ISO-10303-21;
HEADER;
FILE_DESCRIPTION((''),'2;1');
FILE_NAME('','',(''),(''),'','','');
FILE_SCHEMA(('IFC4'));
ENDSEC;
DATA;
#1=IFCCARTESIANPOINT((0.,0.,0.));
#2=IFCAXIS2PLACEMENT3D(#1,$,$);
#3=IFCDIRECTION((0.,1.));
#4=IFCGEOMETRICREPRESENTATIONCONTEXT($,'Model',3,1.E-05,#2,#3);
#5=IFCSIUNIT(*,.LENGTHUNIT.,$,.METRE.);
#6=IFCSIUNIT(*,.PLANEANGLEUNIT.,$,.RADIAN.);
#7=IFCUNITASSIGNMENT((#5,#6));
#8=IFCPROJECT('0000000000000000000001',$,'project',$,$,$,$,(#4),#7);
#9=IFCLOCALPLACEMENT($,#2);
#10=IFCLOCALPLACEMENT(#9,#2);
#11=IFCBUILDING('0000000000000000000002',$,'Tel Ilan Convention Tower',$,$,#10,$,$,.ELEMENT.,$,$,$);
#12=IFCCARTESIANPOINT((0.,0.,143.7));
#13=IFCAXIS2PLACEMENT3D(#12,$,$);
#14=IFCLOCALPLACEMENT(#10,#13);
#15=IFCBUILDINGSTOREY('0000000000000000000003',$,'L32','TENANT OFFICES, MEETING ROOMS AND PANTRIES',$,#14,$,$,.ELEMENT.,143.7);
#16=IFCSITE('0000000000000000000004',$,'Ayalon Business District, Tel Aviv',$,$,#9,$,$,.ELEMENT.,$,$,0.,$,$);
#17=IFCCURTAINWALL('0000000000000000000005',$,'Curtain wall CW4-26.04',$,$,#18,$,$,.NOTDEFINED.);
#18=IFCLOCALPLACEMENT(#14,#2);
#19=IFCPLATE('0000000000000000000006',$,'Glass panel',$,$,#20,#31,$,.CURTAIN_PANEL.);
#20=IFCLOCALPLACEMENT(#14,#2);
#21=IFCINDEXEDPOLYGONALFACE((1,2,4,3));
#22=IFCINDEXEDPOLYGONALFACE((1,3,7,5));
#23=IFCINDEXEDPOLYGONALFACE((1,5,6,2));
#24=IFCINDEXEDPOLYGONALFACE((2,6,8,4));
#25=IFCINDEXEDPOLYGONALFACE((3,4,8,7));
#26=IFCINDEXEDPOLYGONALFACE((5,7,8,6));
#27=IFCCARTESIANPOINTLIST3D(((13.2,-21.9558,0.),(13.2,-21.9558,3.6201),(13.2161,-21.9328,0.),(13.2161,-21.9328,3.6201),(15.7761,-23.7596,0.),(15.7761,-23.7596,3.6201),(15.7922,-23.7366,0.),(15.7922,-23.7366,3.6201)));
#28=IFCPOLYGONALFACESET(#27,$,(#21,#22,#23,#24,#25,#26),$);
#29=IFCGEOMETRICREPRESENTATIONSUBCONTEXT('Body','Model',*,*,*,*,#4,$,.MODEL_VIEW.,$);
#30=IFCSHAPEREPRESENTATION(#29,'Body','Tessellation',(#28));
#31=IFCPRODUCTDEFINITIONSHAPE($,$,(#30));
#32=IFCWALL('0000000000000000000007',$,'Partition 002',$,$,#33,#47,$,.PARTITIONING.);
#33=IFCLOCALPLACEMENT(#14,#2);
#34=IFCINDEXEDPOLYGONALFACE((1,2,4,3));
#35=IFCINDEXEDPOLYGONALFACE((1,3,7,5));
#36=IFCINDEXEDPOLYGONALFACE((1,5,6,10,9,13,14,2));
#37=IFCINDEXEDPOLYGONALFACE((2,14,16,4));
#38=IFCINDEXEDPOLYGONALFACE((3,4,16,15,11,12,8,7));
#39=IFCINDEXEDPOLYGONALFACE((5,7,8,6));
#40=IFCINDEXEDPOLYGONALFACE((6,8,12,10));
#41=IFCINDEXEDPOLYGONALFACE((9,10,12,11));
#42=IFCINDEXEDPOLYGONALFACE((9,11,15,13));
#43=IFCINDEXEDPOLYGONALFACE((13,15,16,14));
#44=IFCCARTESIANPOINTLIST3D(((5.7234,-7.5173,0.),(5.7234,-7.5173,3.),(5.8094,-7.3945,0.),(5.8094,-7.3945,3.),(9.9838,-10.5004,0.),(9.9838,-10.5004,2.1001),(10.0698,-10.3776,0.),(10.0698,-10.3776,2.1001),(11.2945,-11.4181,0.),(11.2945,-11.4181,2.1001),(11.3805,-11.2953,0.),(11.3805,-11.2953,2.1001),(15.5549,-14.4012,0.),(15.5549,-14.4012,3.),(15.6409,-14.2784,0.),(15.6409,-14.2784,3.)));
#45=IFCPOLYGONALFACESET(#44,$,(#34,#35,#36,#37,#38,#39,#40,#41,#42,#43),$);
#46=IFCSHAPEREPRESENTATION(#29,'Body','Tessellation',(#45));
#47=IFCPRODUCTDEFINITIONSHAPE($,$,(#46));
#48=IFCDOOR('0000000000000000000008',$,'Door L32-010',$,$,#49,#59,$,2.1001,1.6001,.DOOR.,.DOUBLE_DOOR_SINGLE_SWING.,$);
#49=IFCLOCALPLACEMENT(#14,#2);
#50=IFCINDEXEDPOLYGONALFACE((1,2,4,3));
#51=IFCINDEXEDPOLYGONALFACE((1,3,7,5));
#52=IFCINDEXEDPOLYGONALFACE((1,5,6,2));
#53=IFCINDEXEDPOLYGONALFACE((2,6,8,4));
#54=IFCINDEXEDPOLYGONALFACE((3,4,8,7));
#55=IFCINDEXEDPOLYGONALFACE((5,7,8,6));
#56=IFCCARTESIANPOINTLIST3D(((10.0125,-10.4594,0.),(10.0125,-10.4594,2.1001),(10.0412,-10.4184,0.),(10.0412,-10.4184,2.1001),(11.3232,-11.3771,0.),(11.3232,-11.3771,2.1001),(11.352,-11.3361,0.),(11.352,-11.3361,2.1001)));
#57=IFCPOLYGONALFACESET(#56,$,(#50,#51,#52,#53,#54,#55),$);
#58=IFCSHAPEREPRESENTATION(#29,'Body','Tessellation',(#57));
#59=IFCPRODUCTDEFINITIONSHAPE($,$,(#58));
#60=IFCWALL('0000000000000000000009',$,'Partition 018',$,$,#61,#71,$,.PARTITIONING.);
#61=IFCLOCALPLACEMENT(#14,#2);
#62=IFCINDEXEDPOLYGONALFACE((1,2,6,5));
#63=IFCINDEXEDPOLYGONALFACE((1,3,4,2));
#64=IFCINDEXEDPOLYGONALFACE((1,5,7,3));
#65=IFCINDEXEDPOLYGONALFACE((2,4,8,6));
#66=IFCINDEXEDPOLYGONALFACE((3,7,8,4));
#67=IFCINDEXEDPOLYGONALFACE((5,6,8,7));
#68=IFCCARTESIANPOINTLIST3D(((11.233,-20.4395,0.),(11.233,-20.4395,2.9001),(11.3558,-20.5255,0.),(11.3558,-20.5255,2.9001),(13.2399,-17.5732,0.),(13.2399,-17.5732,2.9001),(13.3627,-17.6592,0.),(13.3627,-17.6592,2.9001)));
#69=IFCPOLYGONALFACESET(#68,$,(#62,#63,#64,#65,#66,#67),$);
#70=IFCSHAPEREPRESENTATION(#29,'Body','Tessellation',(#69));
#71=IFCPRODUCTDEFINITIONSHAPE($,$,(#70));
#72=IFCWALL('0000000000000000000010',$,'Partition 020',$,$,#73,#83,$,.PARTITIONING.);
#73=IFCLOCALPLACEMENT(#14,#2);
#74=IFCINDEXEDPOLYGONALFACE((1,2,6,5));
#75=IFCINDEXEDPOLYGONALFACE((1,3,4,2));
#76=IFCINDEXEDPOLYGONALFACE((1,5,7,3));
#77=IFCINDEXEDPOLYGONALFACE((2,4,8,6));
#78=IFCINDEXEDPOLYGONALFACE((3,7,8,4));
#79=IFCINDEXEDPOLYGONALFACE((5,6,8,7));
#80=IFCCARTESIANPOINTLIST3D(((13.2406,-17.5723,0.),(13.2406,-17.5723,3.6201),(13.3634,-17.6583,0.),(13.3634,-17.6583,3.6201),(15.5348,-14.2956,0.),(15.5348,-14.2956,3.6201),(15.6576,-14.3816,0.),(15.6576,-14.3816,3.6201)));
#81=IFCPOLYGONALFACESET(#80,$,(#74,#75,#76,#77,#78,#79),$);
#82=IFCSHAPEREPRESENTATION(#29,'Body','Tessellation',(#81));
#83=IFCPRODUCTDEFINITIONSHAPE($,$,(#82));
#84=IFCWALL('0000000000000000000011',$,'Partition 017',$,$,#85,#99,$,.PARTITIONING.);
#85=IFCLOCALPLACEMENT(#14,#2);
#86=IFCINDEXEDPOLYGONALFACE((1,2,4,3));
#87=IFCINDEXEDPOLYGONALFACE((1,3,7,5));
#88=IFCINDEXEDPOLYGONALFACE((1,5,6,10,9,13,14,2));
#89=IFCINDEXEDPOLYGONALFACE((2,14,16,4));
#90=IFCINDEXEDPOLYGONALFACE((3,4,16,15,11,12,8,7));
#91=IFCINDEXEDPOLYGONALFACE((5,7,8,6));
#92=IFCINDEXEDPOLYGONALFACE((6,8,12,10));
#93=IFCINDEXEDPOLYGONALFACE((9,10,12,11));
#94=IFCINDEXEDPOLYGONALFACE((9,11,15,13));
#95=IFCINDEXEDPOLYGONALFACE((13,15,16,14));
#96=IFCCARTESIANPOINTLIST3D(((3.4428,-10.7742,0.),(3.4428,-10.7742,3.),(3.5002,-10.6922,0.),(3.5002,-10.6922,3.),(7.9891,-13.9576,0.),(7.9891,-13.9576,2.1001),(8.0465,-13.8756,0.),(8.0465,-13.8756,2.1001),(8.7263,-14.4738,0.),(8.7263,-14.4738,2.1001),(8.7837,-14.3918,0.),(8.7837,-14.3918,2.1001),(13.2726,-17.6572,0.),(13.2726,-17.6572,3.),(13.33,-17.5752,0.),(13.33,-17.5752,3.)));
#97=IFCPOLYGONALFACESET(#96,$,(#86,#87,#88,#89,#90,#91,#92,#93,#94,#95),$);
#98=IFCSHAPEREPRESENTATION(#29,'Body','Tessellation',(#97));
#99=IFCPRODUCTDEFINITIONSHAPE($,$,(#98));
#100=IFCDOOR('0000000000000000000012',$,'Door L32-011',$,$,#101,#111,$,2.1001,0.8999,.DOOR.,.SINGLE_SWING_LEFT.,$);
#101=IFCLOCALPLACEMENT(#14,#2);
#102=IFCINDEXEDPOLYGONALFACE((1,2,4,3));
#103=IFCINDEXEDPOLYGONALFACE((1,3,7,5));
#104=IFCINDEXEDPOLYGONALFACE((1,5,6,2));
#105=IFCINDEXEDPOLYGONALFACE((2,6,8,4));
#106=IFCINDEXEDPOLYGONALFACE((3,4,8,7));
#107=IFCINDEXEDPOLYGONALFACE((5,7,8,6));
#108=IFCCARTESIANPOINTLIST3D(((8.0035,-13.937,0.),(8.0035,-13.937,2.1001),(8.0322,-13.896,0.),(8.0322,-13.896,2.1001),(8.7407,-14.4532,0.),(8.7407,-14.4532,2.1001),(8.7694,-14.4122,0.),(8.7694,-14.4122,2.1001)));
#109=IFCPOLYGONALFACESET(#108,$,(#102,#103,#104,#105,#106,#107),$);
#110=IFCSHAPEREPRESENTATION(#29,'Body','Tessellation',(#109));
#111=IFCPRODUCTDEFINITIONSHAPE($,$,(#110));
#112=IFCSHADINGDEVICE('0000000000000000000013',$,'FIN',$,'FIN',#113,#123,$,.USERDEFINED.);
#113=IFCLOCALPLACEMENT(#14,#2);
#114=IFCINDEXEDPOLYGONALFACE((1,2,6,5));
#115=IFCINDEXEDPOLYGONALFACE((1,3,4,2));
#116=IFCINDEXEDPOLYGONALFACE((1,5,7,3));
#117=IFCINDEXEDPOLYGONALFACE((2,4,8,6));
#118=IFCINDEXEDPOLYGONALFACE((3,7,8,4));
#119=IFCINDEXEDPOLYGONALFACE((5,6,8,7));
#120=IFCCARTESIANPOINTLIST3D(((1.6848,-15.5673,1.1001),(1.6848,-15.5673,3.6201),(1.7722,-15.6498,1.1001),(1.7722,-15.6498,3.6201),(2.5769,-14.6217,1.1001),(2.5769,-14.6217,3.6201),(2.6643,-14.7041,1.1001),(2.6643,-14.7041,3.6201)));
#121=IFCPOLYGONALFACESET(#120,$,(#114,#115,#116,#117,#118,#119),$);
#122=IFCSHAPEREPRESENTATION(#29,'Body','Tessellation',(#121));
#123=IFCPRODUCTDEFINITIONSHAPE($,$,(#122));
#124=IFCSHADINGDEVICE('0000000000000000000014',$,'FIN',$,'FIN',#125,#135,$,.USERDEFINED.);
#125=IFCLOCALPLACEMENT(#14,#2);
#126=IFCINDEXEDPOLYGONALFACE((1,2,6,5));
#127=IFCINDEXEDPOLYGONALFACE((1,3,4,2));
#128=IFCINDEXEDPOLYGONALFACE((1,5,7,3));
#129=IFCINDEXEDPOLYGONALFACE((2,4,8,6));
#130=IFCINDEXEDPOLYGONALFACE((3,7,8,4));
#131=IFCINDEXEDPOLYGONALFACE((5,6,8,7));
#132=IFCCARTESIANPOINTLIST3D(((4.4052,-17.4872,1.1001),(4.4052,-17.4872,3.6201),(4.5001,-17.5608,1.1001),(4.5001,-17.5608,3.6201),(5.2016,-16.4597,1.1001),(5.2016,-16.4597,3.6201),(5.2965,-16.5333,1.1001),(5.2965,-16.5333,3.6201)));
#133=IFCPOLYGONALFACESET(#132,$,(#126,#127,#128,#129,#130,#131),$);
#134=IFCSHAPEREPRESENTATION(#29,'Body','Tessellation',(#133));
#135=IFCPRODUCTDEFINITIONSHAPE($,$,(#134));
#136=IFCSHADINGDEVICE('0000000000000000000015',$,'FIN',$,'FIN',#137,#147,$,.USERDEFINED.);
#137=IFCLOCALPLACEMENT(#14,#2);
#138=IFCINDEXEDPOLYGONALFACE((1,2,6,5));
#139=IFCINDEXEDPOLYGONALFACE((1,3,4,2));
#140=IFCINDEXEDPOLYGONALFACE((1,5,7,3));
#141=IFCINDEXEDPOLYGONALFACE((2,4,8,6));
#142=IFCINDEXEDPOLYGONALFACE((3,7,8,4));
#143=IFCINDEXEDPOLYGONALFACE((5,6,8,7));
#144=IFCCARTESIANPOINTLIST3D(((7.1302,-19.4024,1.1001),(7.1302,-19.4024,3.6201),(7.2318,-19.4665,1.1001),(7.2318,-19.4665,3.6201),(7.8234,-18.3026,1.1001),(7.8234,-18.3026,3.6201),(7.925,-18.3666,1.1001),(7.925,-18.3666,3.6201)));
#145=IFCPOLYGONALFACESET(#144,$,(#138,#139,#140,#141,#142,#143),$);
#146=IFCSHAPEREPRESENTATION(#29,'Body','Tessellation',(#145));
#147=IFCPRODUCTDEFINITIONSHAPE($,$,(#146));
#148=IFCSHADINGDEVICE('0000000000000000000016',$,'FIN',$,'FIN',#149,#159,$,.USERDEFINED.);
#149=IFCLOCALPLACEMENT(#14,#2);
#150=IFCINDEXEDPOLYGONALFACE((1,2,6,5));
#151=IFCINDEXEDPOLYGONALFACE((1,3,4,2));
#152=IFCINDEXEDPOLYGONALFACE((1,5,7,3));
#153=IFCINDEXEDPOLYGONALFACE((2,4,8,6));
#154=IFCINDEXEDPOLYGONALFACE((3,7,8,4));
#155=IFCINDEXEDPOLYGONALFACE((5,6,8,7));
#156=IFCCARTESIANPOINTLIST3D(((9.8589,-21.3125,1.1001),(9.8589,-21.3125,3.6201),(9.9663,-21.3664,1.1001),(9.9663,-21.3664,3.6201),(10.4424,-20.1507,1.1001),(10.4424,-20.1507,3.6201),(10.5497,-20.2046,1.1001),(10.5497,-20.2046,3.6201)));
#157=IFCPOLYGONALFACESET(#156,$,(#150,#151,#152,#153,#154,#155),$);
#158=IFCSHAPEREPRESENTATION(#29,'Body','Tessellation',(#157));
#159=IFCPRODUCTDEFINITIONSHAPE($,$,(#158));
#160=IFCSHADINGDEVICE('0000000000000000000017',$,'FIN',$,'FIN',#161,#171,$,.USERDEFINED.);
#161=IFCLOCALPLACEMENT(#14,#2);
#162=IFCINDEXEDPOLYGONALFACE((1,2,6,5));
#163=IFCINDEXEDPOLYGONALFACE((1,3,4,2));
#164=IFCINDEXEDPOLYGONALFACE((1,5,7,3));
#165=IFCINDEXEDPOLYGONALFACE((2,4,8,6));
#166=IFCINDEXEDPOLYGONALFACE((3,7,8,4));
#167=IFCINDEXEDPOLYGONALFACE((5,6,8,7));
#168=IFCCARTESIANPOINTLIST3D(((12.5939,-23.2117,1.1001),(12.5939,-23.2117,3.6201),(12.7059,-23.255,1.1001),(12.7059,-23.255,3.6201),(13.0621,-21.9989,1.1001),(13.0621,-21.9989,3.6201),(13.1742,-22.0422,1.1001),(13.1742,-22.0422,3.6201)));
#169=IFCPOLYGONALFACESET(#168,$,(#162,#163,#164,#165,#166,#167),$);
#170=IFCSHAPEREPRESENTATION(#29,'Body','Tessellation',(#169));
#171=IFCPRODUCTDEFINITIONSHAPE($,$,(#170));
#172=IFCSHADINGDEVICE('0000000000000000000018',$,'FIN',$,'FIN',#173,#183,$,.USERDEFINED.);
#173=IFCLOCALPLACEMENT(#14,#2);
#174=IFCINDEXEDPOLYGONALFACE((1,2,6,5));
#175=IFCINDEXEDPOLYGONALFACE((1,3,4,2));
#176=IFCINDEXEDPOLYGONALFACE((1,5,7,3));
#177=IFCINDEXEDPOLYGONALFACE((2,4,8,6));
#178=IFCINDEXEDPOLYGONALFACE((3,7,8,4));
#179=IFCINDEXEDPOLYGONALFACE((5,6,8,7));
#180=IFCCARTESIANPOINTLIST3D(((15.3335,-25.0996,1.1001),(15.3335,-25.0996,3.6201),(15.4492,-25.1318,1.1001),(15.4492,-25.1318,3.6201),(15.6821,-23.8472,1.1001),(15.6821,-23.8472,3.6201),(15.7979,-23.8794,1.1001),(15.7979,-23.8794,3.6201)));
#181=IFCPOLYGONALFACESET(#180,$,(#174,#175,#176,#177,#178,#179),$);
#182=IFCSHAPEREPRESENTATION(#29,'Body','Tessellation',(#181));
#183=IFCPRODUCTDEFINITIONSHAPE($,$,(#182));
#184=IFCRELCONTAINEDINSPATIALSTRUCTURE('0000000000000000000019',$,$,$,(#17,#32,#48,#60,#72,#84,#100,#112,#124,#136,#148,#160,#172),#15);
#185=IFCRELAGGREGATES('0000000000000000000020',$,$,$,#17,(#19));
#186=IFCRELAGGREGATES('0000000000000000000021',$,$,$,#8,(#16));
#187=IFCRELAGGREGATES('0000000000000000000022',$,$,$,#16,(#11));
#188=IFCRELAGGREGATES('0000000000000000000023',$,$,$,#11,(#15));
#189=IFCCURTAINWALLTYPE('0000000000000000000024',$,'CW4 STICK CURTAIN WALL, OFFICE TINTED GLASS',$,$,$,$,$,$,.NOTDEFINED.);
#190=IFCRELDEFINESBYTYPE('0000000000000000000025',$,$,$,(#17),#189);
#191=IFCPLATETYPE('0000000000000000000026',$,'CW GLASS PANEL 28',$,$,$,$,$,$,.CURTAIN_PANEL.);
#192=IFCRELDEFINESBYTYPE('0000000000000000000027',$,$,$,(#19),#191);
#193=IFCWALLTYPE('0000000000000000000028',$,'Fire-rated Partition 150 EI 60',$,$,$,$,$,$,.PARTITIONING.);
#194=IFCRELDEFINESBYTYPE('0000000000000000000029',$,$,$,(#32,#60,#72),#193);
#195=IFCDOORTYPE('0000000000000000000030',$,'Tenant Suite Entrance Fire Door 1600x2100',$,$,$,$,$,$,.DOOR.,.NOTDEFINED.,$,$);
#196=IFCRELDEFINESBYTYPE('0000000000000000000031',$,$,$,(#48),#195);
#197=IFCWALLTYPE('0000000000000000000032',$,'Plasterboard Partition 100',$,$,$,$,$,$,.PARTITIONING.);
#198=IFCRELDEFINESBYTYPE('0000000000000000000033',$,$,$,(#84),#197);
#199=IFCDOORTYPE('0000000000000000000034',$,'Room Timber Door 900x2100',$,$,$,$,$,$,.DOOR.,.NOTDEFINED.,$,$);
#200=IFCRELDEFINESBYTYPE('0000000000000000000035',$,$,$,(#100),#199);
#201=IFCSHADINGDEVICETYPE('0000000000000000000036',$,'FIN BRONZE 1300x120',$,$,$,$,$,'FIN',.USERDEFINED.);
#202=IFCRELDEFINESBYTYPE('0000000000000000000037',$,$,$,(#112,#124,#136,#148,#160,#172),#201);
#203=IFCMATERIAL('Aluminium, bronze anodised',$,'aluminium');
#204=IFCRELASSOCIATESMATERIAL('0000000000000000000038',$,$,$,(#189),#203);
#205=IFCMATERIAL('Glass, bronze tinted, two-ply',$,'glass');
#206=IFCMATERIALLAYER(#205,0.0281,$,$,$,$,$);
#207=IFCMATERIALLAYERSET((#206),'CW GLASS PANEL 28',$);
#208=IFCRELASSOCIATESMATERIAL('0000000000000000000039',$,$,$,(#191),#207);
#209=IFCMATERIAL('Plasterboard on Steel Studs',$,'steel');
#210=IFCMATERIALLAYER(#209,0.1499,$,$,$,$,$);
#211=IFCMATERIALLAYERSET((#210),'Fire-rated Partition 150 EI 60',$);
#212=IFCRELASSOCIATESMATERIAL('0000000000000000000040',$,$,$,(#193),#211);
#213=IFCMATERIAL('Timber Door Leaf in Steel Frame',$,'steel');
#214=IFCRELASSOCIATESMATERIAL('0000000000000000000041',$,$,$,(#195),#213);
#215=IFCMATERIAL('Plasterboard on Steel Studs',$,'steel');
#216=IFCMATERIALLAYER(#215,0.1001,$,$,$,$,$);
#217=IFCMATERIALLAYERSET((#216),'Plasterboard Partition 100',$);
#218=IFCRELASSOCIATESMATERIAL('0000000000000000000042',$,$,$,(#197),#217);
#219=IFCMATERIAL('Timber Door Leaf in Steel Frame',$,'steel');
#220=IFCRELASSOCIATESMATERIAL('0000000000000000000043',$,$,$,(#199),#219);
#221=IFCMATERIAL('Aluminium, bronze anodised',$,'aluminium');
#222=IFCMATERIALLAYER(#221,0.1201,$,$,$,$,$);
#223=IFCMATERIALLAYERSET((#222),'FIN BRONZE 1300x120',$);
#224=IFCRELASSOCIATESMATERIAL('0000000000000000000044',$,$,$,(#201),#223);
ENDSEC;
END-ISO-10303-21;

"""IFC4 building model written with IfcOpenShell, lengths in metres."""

from ifc_helpers import new_model, si_unit, direction, frame, frame_2d, origin, origin_2d, place, context, subcontext, project, spatial, rectangle, extrude, material, layer, layer_set, type_object, element, fill, aggregate, save


model = new_model("IFC4")

# Units and contexts
model_context = context("Model", 3, precision=1e-05, world=origin(), true_north=direction((0.0, 1.0)))
body_context = subcontext(model_context, "Body", "Model", "MODEL_VIEW")
ifc_project = project(units=[si_unit("LENGTHUNIT", "METRE"), si_unit("PLANEANGLEUNIT", "RADIAN")], contexts=[model_context])

# Site, building, storey
site_placement = place(None, origin())
site = spatial("IfcSite", under=ifc_project, at=site_placement, Name="Ayalon Business District, Tel Aviv", CompositionType="ELEMENT", RefElevation=0.0)
building_placement = place(site_placement, origin())
building = spatial("IfcBuilding", under=site, at=building_placement, Name="Tel Ilan Convention Tower", CompositionType="ELEMENT")
storey_placement = place(building_placement, frame((0.0, 0.0, 143.7)))
storey = spatial("IfcBuildingStorey", under=building, at=storey_placement, Name="L32", Description="TENANT OFFICES, MEETING ROOMS AND PANTRIES", CompositionType="ELEMENT", Elevation=143.7)

# Curtain wall, plate
ifc_material_1 = material(Name="Aluminium, bronze anodised", Category="aluminium")
curtain_wall_type = type_object("IfcCurtainWallType", Name="CW4 STICK CURTAIN WALL, OFFICE TINTED GLASS", PredefinedType="NOTDEFINED", material=ifc_material_1)
curtain_wall_placement = place(storey_placement, origin())
curtain_wall = element("IfcCurtainWall", 1, at=curtain_wall_placement, inside=storey, type_object=curtain_wall_type, Name="Curtain wall CW4-26.04", PredefinedType="NOTDEFINED")
ifc_material_2 = material(Name="Glass, bronze tinted, two-ply", Category="glass")
ifc_layer_1 = layer(ifc_material_2, 0.0281)
ifc_layer_set_1 = layer_set([ifc_layer_1], Name="CW GLASS PANEL 28")
plate_type = type_object("IfcPlateType", Name="CW GLASS PANEL 28", PredefinedType="CURTAIN_PANEL", material=ifc_layer_set_1)
plate_1_placement = place(storey_placement, frame((14.4961, -22.8462, 0.0), z_axis=(0.0, 0.0, 1.0), x_axis=(0.819152, -0.573576, 0.0)))
plate_1 = element("IfcPlate", 2, at=plate_1_placement, type_object=plate_type, Name="Glass panel", PredefinedType="CURTAIN_PANEL", context=body_context, shape_type="SweptSolid", body=[
    extrude(rectangle(XDim=3.1448, YDim=0.0281, at=origin_2d()), origin(), (0.0, 0.0, 1.0), 3.6201),
])
aggregate(curtain_wall, [plate_1])

# Wall, opening, door
ifc_material_3 = material(Name="Plasterboard on Steel Studs", Category="steel")
ifc_layer_2 = layer(ifc_material_3, 0.1499)
ifc_layer_set_2 = layer_set([ifc_layer_2], Name="Fire-rated Partition 150 EI 60")
wall_type_1 = type_object("IfcWallType", Name="Fire-rated Partition 150 EI 60", PredefinedType="PARTITIONING", material=ifc_layer_set_2)
wall_1_placement = place(storey_placement, frame((15.5979, -14.3398, 0.0), z_axis=(0.0, 0.0, 1.0), x_axis=(-0.819155, 0.573572, 0.0)))
wall_1 = element("IfcWall", 3, at=wall_1_placement, inside=storey, type_object=wall_type_1, Name="Partition 002", PredefinedType="PARTITIONING", context=body_context, shape_type="SweptSolid", body=[
    extrude(rectangle(XDim=12.002, YDim=0.1499, at=frame_2d((6.001, 0.0))), origin(), (0.0, 0.0, 1.0), 3.0),
])
opening_1_placement = place(wall_1_placement, frame((5.2009, 0.0, 0.0)))
opening_1 = element("IfcOpeningElement", 4, at=opening_1_placement, cuts=wall_1, PredefinedType="OPENING", context=body_context, shape_type="SweptSolid", body=[
    extrude(rectangle(XDim=1.6001, YDim=2.1001, at=frame_2d((0.8, 1.05))), frame((0.0, 0.085, 0.0), z_axis=(0.0, -1.0, 0.0), x_axis=(1.0, 0.0, 0.0)), (0.0, 0.0, 1.0), 0.1699),
])
ifc_material_4 = material(Name="Timber Door Leaf in Steel Frame", Category="steel")
door_type_1 = type_object("IfcDoorType", Name="Tenant Suite Entrance Fire Door 1600x2100", OperationType="NOTDEFINED", PredefinedType="DOOR", material=ifc_material_4)
door_1_placement = place(opening_1_placement, origin())
door_1 = element("IfcDoor", 5, at=door_1_placement, inside=storey, type_object=door_type_1, Name="Door L32-010", OperationType="DOUBLE_DOOR_SINGLE_SWING", OverallHeight=2.1001, OverallWidth=1.6001, PredefinedType="DOOR", context=body_context, shape_type="SweptSolid", body=[
    extrude(rectangle(XDim=1.6001, YDim=2.1001, at=frame_2d((0.8, 1.05))), frame((0.0, 0.0249, 0.0), z_axis=(0.0, -1.0, 0.0), x_axis=(1.0, 0.0, 0.0)), (0.0, 0.0, 1.0), 0.05),
])
fill(opening_1, door_1)

# Walls
wall_2_placement = place(storey_placement, frame((13.3013, -17.6162, 0.0), z_axis=(0.0, 0.0, 1.0), x_axis=(-0.573556, -0.819166, 0.0)))
element("IfcWall", 6, at=wall_2_placement, inside=storey, type_object=wall_type_1, Name="Partition 018", PredefinedType="PARTITIONING", context=body_context, shape_type="SweptSolid", body=[
    extrude(rectangle(XDim=3.499, YDim=0.1499, at=frame_2d((1.7495, 0.0))), origin(), (0.0, 0.0, 1.0), 2.9001),
])
wall_3_placement = place(storey_placement, frame((15.5962, -14.3386, 0.0), z_axis=(0.0, 0.0, 1.0), x_axis=(-0.573557, -0.819166, 0.0)))
element("IfcWall", 7, at=wall_3_placement, inside=storey, type_object=wall_type_1, Name="Partition 020", PredefinedType="PARTITIONING", context=body_context, shape_type="SweptSolid", body=[
    extrude(rectangle(XDim=4.0, YDim=0.1499, at=frame_2d((2.0, 0.0))), origin(), (0.0, 0.0, 1.0), 3.6201),
])

# Wall, opening, door
ifc_material_5 = material(Name="Plasterboard on Steel Studs", Category="steel")
ifc_layer_3 = layer(ifc_material_5, 0.1001)
ifc_layer_set_3 = layer_set([ifc_layer_3], Name="Plasterboard Partition 100")
wall_type_2 = type_object("IfcWallType", Name="Plasterboard Partition 100", PredefinedType="PARTITIONING", material=ifc_layer_set_3)
wall_4_placement = place(storey_placement, frame((13.3013, -17.6162, 0.0), z_axis=(0.0, 0.0, 1.0), x_axis=(-0.819147, 0.573584, 0.0)))
wall_4 = element("IfcWall", 8, at=wall_4_placement, inside=storey, type_object=wall_type_2, Name="Partition 017", PredefinedType="PARTITIONING", context=body_context, shape_type="SweptSolid", body=[
    extrude(rectangle(XDim=12.0, YDim=0.1001, at=frame_2d((6.0, 0.0))), origin(), (0.0, 0.0, 1.0), 3.0),
])
opening_2_placement = place(wall_4_placement, frame((5.55, 0.0, 0.0)))
opening_2 = element("IfcOpeningElement", 9, at=opening_2_placement, cuts=wall_4, PredefinedType="OPENING", context=body_context, shape_type="SweptSolid", body=[
    extrude(rectangle(XDim=0.8999, YDim=2.1001, at=frame_2d((0.45, 1.05))), frame((0.0, 0.0601, 0.0), z_axis=(0.0, -1.0, 0.0), x_axis=(1.0, 0.0, 0.0)), (0.0, 0.0, 1.0), 0.1201),
])
ifc_material_6 = material(Name="Timber Door Leaf in Steel Frame", Category="steel")
door_type_2 = type_object("IfcDoorType", Name="Room Timber Door 900x2100", OperationType="NOTDEFINED", PredefinedType="DOOR", material=ifc_material_6)
door_2_placement = place(opening_2_placement, origin())
door_2 = element("IfcDoor", 10, at=door_2_placement, inside=storey, type_object=door_type_2, Name="Door L32-011", OperationType="SINGLE_SWING_LEFT", OverallHeight=2.1001, OverallWidth=0.8999, PredefinedType="DOOR", context=body_context, shape_type="SweptSolid", body=[
    extrude(rectangle(XDim=0.8999, YDim=2.1001, at=frame_2d((0.45, 1.05))), frame((0.0, 0.0249, 0.0), z_axis=(0.0, -1.0, 0.0), x_axis=(1.0, 0.0, 0.0)), (0.0, 0.0, 1.0), 0.05),
])
fill(opening_2, door_2)

# Shading devices
ifc_material_7 = material(Name="Aluminium, bronze anodised", Category="aluminium")
ifc_layer_4 = layer(ifc_material_7, 0.1201)
ifc_layer_set_4 = layer_set([ifc_layer_4], Name="FIN BRONZE 1300x120")
shading_device_type = type_object("IfcShadingDeviceType", Name="FIN BRONZE 1300x120", ElementType="FIN", PredefinedType="USERDEFINED", material=ifc_layer_set_4)
for number, where, z_axis, x_axis, name in (
    (11, (2.1746, -15.1357, 1.1001), (0.0, 0.0, 1.0), (-0.686242, -0.727374, 0.0), "FIN"),
    (12, (4.8508, -17.0103, 1.1001), (0.0, 0.0, 1.0), (-0.612601, -0.790393, 0.0), "FIN"),
    (13, (7.5276, -18.8845, 1.1001), (0.0, 0.0, 1.0), (-0.533204, -0.845986, 0.0), "FIN"),
    (14, (10.2043, -20.7585, 1.1001), (0.0, 0.0, 1.0), (-0.448799, -0.893633, 0.0), "FIN"),
    (15, (12.884, -22.627, 1.1001), (0.0, 0.0, 1.0), (-0.360178, -0.932884, 0.0), "FIN"),
    (16, (15.5657, -24.4895, 1.1001), (0.0, 0.0, 1.0), (-0.268173, -0.963371, 0.0), "FIN"),
):
    element("IfcShadingDevice", number, at=place(storey_placement, frame(where, z_axis=z_axis, x_axis=x_axis)), inside=storey, type_object=shading_device_type, Name=name, ObjectType="FIN", PredefinedType="USERDEFINED", context=body_context, shape_type="SweptSolid", body=[
        extrude(rectangle(XDim=1.3, YDim=0.1201, at=origin_2d()), origin(), (0.0, 0.0, 1.0), 2.52),
    ])

save(model, "model.ifc")
